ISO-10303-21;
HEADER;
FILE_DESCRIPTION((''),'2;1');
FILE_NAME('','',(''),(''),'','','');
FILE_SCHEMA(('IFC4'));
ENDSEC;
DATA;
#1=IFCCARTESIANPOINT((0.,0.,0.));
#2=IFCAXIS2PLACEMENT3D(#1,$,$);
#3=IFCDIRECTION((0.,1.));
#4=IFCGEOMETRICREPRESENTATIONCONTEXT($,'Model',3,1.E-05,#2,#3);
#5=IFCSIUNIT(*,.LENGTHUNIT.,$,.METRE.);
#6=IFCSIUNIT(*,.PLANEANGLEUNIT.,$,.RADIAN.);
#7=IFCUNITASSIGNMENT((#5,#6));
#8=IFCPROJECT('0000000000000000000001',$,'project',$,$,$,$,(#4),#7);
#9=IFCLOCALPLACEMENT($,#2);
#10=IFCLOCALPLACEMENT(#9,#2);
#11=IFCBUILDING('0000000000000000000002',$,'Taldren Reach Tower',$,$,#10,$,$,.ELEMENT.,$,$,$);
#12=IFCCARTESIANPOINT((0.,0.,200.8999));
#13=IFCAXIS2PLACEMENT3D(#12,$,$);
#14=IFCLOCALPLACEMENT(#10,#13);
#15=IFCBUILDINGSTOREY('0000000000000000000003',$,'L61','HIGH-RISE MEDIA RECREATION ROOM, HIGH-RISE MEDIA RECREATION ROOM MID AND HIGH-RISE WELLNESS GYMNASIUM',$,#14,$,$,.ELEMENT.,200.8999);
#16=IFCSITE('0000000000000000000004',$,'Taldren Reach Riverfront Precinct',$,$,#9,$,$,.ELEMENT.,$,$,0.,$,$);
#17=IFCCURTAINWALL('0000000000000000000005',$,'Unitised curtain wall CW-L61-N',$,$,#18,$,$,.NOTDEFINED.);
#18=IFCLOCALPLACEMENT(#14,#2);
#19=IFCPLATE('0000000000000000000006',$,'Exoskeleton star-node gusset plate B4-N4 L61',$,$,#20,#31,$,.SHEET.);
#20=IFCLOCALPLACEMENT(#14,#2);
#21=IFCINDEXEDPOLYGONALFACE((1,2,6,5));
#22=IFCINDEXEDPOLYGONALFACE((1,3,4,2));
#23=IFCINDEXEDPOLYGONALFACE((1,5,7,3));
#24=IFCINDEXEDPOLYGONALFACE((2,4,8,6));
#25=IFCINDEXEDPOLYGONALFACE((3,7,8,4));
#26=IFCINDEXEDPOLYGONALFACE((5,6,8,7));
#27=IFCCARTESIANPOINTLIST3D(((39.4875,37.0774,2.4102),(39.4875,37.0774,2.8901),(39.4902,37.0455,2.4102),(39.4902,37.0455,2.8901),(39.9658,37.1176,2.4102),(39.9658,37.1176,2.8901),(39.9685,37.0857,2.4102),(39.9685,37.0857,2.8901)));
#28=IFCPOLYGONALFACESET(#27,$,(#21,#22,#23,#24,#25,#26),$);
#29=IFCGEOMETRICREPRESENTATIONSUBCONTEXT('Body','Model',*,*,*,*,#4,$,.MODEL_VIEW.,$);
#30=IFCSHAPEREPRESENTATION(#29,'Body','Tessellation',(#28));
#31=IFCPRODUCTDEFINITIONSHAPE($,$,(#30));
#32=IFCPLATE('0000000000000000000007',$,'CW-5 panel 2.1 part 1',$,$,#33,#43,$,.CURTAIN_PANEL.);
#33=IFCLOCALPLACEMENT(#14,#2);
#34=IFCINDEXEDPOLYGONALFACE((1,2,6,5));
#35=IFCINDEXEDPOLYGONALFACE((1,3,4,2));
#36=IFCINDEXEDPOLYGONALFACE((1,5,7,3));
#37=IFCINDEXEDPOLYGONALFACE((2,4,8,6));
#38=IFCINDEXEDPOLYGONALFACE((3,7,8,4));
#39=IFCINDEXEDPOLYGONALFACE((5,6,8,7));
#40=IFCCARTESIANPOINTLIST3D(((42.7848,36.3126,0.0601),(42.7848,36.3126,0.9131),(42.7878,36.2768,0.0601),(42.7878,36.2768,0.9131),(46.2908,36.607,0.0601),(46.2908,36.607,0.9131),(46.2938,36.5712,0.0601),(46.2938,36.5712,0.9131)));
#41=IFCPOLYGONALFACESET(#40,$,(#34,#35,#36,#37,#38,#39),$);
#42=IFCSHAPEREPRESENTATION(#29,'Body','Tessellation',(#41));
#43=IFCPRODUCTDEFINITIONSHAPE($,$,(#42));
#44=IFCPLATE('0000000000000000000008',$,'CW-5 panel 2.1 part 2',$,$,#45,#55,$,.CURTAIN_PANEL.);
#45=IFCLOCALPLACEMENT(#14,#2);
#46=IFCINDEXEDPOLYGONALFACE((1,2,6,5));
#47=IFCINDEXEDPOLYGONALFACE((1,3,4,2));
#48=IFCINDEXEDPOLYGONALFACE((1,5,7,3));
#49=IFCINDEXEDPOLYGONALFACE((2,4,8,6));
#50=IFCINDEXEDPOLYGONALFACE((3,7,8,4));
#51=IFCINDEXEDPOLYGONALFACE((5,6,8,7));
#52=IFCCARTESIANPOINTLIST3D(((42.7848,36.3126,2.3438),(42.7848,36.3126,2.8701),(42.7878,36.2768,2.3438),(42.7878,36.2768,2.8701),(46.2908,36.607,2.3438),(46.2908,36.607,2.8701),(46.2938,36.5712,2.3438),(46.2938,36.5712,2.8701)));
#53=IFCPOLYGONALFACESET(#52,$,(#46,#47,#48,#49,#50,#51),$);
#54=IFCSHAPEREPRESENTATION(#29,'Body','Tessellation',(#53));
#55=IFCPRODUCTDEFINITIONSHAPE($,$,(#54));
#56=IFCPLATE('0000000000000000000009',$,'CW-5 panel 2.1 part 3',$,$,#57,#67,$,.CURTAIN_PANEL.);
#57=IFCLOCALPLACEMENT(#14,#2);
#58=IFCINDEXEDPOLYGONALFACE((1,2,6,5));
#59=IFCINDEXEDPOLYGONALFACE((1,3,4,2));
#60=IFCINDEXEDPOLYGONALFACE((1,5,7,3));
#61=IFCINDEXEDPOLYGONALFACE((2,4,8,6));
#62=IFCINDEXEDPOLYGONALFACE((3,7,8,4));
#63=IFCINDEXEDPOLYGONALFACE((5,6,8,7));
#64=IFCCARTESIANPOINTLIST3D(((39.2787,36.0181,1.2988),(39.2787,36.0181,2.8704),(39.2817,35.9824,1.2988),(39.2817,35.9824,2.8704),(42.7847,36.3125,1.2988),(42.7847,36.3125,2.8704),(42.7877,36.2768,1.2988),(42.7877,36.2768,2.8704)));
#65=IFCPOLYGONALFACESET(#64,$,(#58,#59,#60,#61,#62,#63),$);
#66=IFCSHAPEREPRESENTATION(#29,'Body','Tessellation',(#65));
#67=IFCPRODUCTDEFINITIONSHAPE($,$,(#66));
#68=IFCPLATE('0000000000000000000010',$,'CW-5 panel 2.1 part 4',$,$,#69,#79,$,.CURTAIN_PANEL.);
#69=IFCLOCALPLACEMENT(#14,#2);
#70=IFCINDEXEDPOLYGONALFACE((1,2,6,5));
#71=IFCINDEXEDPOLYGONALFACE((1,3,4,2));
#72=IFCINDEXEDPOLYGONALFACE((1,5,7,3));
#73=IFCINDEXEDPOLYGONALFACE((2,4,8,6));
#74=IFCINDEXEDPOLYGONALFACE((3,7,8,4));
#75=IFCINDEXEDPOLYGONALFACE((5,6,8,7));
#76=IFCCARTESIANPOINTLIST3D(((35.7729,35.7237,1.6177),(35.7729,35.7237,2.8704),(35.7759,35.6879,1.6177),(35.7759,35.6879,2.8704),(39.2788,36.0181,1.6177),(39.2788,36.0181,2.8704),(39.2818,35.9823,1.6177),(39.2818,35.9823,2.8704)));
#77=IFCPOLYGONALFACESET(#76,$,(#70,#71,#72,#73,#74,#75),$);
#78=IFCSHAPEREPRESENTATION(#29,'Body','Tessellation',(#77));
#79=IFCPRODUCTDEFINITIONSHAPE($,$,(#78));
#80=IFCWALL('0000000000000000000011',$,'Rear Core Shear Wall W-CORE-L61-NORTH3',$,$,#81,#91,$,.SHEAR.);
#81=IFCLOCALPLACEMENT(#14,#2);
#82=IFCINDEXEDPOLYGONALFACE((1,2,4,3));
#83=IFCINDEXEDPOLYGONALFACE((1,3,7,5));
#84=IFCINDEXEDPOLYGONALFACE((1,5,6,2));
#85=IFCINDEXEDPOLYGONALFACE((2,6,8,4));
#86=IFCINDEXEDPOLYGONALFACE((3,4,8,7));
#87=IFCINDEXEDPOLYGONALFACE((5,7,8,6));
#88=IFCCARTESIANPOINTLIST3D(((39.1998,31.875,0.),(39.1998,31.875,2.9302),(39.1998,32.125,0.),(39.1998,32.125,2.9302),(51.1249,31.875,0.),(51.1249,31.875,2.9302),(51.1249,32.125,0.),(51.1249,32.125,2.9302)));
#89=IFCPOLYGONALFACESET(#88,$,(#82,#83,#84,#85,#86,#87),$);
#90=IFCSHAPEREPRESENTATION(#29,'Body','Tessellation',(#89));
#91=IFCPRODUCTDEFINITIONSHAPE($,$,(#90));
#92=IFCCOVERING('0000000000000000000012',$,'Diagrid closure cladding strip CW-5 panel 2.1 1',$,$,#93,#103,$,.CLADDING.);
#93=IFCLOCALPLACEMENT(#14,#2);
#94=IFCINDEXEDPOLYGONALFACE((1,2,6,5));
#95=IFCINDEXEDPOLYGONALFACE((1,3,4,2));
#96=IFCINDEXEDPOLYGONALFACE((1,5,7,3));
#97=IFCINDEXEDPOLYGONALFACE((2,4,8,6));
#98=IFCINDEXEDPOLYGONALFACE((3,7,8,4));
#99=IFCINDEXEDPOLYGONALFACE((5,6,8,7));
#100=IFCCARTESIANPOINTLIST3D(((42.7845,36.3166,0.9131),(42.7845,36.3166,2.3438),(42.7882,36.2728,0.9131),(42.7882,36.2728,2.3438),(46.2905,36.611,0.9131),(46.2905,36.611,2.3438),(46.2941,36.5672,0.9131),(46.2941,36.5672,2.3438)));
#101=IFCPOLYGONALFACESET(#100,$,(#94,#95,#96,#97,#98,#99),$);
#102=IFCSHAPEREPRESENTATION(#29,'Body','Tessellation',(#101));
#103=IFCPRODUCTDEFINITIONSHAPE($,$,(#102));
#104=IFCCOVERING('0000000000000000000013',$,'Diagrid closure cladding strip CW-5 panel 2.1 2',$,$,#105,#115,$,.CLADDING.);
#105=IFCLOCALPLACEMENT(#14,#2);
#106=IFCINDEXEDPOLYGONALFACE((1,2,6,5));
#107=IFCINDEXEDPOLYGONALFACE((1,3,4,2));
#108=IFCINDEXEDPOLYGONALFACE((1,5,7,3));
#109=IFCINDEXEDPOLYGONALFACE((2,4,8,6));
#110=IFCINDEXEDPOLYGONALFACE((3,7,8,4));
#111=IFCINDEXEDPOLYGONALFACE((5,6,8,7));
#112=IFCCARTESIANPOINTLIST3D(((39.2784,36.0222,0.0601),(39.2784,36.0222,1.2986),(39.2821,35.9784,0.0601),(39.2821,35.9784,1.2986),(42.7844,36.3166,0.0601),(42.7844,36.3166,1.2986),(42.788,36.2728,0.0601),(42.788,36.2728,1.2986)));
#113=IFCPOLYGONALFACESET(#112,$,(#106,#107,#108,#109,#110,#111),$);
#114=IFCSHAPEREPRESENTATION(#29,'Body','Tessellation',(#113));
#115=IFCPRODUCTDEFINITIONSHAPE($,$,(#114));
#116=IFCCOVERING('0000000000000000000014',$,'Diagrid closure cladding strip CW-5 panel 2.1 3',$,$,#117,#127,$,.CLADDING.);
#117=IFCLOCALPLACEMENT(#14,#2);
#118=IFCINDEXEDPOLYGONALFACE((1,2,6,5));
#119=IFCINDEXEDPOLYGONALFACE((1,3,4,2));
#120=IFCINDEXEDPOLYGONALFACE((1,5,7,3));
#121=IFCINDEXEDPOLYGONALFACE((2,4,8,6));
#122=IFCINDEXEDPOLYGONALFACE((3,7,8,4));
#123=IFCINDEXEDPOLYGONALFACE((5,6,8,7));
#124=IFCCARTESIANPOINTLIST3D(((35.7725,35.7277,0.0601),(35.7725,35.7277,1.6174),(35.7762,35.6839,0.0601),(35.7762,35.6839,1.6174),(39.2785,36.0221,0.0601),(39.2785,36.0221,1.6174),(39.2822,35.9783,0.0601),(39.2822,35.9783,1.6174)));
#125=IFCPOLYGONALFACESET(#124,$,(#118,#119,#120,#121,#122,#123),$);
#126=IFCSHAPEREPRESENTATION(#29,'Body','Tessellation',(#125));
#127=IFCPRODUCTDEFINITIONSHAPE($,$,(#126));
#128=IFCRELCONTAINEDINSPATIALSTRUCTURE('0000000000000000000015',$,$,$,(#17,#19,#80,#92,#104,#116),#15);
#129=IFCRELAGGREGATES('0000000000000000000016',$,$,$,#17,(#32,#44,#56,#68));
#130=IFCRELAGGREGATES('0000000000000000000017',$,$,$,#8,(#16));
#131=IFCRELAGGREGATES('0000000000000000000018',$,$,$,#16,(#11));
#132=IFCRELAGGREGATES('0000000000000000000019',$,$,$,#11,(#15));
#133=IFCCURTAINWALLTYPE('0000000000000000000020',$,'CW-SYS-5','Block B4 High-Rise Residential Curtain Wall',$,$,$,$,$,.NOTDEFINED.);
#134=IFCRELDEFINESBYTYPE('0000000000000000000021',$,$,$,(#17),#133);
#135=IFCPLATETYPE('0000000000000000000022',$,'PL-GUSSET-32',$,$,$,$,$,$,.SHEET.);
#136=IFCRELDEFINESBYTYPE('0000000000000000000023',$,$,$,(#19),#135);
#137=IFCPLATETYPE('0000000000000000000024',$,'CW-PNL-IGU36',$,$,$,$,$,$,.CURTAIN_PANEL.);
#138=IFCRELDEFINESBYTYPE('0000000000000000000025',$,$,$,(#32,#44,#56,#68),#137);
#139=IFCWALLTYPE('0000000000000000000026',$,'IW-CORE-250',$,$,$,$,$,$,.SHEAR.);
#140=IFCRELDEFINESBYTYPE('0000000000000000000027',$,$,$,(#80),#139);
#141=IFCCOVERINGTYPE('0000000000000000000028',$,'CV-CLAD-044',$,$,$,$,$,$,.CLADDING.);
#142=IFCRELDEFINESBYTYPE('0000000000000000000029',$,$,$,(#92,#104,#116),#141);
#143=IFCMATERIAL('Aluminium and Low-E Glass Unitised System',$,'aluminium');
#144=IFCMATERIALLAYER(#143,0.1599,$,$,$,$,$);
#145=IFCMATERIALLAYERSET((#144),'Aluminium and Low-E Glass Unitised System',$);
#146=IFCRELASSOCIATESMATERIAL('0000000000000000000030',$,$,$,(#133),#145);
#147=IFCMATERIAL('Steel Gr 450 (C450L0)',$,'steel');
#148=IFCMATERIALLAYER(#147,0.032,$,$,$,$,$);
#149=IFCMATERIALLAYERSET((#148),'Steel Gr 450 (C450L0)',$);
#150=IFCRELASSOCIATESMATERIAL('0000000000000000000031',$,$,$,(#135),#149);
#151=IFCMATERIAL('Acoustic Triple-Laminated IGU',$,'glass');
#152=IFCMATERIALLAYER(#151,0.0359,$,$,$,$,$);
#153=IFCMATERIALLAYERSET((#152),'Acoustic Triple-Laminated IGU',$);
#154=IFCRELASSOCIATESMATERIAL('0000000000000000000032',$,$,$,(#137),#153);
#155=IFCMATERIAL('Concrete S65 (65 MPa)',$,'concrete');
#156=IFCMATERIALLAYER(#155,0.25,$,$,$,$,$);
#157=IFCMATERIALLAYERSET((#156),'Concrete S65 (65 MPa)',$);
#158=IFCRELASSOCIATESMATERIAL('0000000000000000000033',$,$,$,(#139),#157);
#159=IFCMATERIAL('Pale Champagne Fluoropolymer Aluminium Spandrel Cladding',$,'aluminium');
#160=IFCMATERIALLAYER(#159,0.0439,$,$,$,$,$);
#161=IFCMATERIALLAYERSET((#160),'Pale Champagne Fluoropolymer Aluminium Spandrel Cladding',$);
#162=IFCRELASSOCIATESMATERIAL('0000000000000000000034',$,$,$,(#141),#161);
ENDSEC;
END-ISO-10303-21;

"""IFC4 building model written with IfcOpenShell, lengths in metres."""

from ifc_helpers import new_model, si_unit, direction, frame, frame_2d, origin, origin_2d, place, context, subcontext, project, spatial, rectangle, extrude, source, transform, mapped, material, layer, layer_set, type_object, element, aggregate, save


model = new_model("IFC4")

# Units and contexts
model_context = context("Model", 3, precision=1e-05, world=origin(), true_north=direction((0.0, 1.0)))
body_context = subcontext(model_context, "Body", "Model", "MODEL_VIEW")
ifc_project = project(units=[si_unit("LENGTHUNIT", "METRE"), si_unit("PLANEANGLEUNIT", "RADIAN")], contexts=[model_context])

# Site, building, storey
site_placement = place(None, origin())
site = spatial("IfcSite", under=ifc_project, at=site_placement, Name="Taldren Reach Riverfront Precinct", CompositionType="ELEMENT", RefElevation=0.0)
building_placement = place(site_placement, origin())
building = spatial("IfcBuilding", under=site, at=building_placement, Name="Taldren Reach Tower", CompositionType="ELEMENT")
storey_placement = place(building_placement, frame((0.0, 0.0, 200.8999)))
storey = spatial("IfcBuildingStorey", under=building, at=storey_placement, Name="L61", Description="HIGH-RISE MEDIA RECREATION ROOM, HIGH-RISE MEDIA RECREATION ROOM MID AND HIGH-RISE WELLNESS GYMNASIUM", CompositionType="ELEMENT", Elevation=200.8999)

# Shared definitions
ifc_material_1 = material(Name="Steel Gr 450 (C450L0)", Category="steel")

# Curtain wall
ifc_material_2 = material(Name="Aluminium and Low-E Glass Unitised System", Category="aluminium")
ifc_layer_1 = layer(ifc_material_2, 0.1599)
ifc_layer_set_1 = layer_set([ifc_layer_1], Name="Aluminium and Low-E Glass Unitised System")
curtain_wall_type = type_object("IfcCurtainWallType", Name="CW-SYS-5", Description="Block B4 High-Rise Residential Curtain Wall", PredefinedType="NOTDEFINED", material=ifc_layer_set_1)
curtain_wall_placement = place(storey_placement, origin())
curtain_wall = element("IfcCurtainWall", 1, at=curtain_wall_placement, inside=storey, type_object=curtain_wall_type, Name="Unitised curtain wall CW-L61-N", PredefinedType="NOTDEFINED")

# Plate
ifc_layer_2 = layer(ifc_material_1, 0.032)
ifc_layer_set_2 = layer_set([ifc_layer_2], Name="Steel Gr 450 (C450L0)")
plate_type_1 = type_object("IfcPlateType", Name="PL-GUSSET-32", PredefinedType="SHEET", material=ifc_layer_set_2)
shared_shape_1 = source(origin(), body_context, "Body", "SweptSolid", [
    extrude(rectangle(XDim=0.48, YDim=0.032, at=origin_2d()), origin(), (0.0, 0.0, 1.0), 0.48),
])
plate_1_placement = place(storey_placement, frame((39.728, 37.0815, 2.4102), z_axis=(0.0, 0.0, 1.0), x_axis=(0.996493, 0.083678, 0.0)))
element("IfcPlate", 2, at=plate_1_placement, inside=storey, type_object=plate_type_1, Name="Exoskeleton star-node gusset plate B4-N4 L61", PredefinedType="SHEET", context=body_context, shape_type="MappedRepresentation", body=[
    mapped(shared_shape_1, transform((0.0, 0.0, 0.0), scale=1.0)),
])

# Plates
ifc_material_3 = material(Name="Acoustic Triple-Laminated IGU", Category="glass")
ifc_layer_3 = layer(ifc_material_3, 0.0359)
ifc_layer_set_3 = layer_set([ifc_layer_3], Name="Acoustic Triple-Laminated IGU")
plate_type_2 = type_object("IfcPlateType", Name="CW-PNL-IGU36", PredefinedType="CURTAIN_PANEL", material=ifc_layer_set_3)
shared_shape_2 = source(origin(), body_context, "Body", "SweptSolid", [
    extrude(rectangle(XDim=3.5183, YDim=0.0359, at=origin_2d()), origin(), (0.0, 0.0, 1.0), 0.853),
])
plate_2_placement = place(storey_placement, frame((44.5393, 36.4419, 0.0601), z_axis=(0.0, 0.0, 1.0), x_axis=(-0.996493, -0.083678, 0.0)))
plate_2 = element("IfcPlate", 3, at=plate_2_placement, type_object=plate_type_2, Name="CW-5 panel 2.1 part 1", PredefinedType="CURTAIN_PANEL", context=body_context, shape_type="MappedRepresentation", body=[
    mapped(shared_shape_2, transform((0.0, 0.0, 0.0), scale=1.0)),
])
shared_shape_3 = source(origin(), body_context, "Body", "SweptSolid", [
    extrude(rectangle(XDim=3.5183, YDim=0.0359, at=origin_2d()), origin(), (0.0, 0.0, 1.0), 0.5264),
])
plate_3_placement = place(storey_placement, frame((44.5393, 36.4419, 2.3438), z_axis=(0.0, 0.0, 1.0), x_axis=(-0.996493, -0.083678, 0.0)))
plate_3 = element("IfcPlate", 4, at=plate_3_placement, type_object=plate_type_2, Name="CW-5 panel 2.1 part 2", PredefinedType="CURTAIN_PANEL", context=body_context, shape_type="MappedRepresentation", body=[
    mapped(shared_shape_3, transform((0.0, 0.0, 0.0), scale=1.0)),
])
shared_shape_4 = source(origin(), body_context, "Body", "SweptSolid", [
    extrude(rectangle(XDim=3.5183, YDim=0.0359, at=origin_2d()), origin(), (0.0, 0.0, 1.0), 1.5715),
])
plate_4_placement = place(storey_placement, frame((41.0332, 36.1475, 1.2988), z_axis=(0.0, 0.0, 1.0), x_axis=(-0.996493, -0.083678, 0.0)))
plate_4 = element("IfcPlate", 5, at=plate_4_placement, type_object=plate_type_2, Name="CW-5 panel 2.1 part 3", PredefinedType="CURTAIN_PANEL", context=body_context, shape_type="MappedRepresentation", body=[
    mapped(shared_shape_4, transform((0.0, 0.0, 0.0), scale=1.0)),
])
shared_shape_5 = source(origin(), body_context, "Body", "SweptSolid", [
    extrude(rectangle(XDim=3.5183, YDim=0.0359, at=origin_2d()), origin(), (0.0, 0.0, 1.0), 1.2527),
])
plate_5_placement = place(storey_placement, frame((37.5273, 35.853, 1.6177), z_axis=(0.0, 0.0, 1.0), x_axis=(-0.996493, -0.083678, 0.0)))
plate_5 = element("IfcPlate", 6, at=plate_5_placement, type_object=plate_type_2, Name="CW-5 panel 2.1 part 4", PredefinedType="CURTAIN_PANEL", context=body_context, shape_type="MappedRepresentation", body=[
    mapped(shared_shape_5, transform((0.0, 0.0, 0.0), scale=1.0)),
])
aggregate(curtain_wall, [plate_2, plate_3, plate_4, plate_5])

# Wall
ifc_material_4 = material(Name="Concrete S65 (65 MPa)", Category="concrete")
ifc_layer_4 = layer(ifc_material_4, 0.25)
ifc_layer_set_4 = layer_set([ifc_layer_4], Name="Concrete S65 (65 MPa)")
wall_type = type_object("IfcWallType", Name="IW-CORE-250", PredefinedType="SHEAR", material=ifc_layer_set_4)
shared_shape_6 = source(origin(), body_context, "Body", "SweptSolid", [
    extrude(rectangle(XDim=11.925, YDim=0.25, at=frame_2d((5.9624, 0.0))), origin(), (0.0, 0.0, 1.0), 2.9302),
])
wall_placement = place(storey_placement, frame((39.2, 32.0, 0.0), z_axis=(0.0, 0.0, 1.0), x_axis=(1.0, 0.0, 0.0)))
element("IfcWall", 7, at=wall_placement, inside=storey, type_object=wall_type, Name="Rear Core Shear Wall W-CORE-L61-NORTH3", PredefinedType="SHEAR", context=body_context, shape_type="MappedRepresentation", body=[
    mapped(shared_shape_6, transform((0.0, 0.0, 0.0), scale=1.0)),
])

# Coverings
ifc_material_5 = material(Name="Pale Champagne Fluoropolymer Aluminium Spandrel Cladding", Category="aluminium")
ifc_layer_5 = layer(ifc_material_5, 0.0439)
ifc_layer_set_5 = layer_set([ifc_layer_5], Name="Pale Champagne Fluoropolymer Aluminium Spandrel Cladding")
covering_type = type_object("IfcCoveringType", Name="CV-CLAD-044", PredefinedType="CLADDING", material=ifc_layer_set_5)
shared_shape_7 = source(origin(), body_context, "Body", "SweptSolid", [
    extrude(rectangle(XDim=3.5183, YDim=0.0439, at=origin_2d()), origin(), (0.0, 0.0, 1.0), 1.4307),
])
covering_1_placement = place(storey_placement, frame((44.5393, 36.4419, 0.9131), z_axis=(0.0, 0.0, 1.0), x_axis=(-0.996493, -0.083678, 0.0)))
element("IfcCovering", 8, at=covering_1_placement, inside=storey, type_object=covering_type, Name="Diagrid closure cladding strip CW-5 panel 2.1 1", PredefinedType="CLADDING", context=body_context, shape_type="MappedRepresentation", body=[
    mapped(shared_shape_7, transform((0.0, 0.0, 0.0), scale=1.0)),
])
shared_shape_8 = source(origin(), body_context, "Body", "SweptSolid", [
    extrude(rectangle(XDim=3.5183, YDim=0.0439, at=origin_2d()), origin(), (0.0, 0.0, 1.0), 1.2385),
])
covering_2_placement = place(storey_placement, frame((41.0332, 36.1475, 0.0601), z_axis=(0.0, 0.0, 1.0), x_axis=(-0.996493, -0.083678, 0.0)))
element("IfcCovering", 9, at=covering_2_placement, inside=storey, type_object=covering_type, Name="Diagrid closure cladding strip CW-5 panel 2.1 2", PredefinedType="CLADDING", context=body_context, shape_type="MappedRepresentation", body=[
    mapped(shared_shape_8, transform((0.0, 0.0, 0.0), scale=1.0)),
])
shared_shape_9 = source(origin(), body_context, "Body", "SweptSolid", [
    extrude(rectangle(XDim=3.5183, YDim=0.0439, at=origin_2d()), origin(), (0.0, 0.0, 1.0), 1.5574),
])
covering_3_placement = place(storey_placement, frame((37.5273, 35.853, 0.0601), z_axis=(0.0, 0.0, 1.0), x_axis=(-0.996493, -0.083678, 0.0)))
element("IfcCovering", 10, at=covering_3_placement, inside=storey, type_object=covering_type, Name="Diagrid closure cladding strip CW-5 panel 2.1 3", PredefinedType="CLADDING", context=body_context, shape_type="MappedRepresentation", body=[
    mapped(shared_shape_9, transform((0.0, 0.0, 0.0), scale=1.0)),
])

save(model, "model.ifc")
